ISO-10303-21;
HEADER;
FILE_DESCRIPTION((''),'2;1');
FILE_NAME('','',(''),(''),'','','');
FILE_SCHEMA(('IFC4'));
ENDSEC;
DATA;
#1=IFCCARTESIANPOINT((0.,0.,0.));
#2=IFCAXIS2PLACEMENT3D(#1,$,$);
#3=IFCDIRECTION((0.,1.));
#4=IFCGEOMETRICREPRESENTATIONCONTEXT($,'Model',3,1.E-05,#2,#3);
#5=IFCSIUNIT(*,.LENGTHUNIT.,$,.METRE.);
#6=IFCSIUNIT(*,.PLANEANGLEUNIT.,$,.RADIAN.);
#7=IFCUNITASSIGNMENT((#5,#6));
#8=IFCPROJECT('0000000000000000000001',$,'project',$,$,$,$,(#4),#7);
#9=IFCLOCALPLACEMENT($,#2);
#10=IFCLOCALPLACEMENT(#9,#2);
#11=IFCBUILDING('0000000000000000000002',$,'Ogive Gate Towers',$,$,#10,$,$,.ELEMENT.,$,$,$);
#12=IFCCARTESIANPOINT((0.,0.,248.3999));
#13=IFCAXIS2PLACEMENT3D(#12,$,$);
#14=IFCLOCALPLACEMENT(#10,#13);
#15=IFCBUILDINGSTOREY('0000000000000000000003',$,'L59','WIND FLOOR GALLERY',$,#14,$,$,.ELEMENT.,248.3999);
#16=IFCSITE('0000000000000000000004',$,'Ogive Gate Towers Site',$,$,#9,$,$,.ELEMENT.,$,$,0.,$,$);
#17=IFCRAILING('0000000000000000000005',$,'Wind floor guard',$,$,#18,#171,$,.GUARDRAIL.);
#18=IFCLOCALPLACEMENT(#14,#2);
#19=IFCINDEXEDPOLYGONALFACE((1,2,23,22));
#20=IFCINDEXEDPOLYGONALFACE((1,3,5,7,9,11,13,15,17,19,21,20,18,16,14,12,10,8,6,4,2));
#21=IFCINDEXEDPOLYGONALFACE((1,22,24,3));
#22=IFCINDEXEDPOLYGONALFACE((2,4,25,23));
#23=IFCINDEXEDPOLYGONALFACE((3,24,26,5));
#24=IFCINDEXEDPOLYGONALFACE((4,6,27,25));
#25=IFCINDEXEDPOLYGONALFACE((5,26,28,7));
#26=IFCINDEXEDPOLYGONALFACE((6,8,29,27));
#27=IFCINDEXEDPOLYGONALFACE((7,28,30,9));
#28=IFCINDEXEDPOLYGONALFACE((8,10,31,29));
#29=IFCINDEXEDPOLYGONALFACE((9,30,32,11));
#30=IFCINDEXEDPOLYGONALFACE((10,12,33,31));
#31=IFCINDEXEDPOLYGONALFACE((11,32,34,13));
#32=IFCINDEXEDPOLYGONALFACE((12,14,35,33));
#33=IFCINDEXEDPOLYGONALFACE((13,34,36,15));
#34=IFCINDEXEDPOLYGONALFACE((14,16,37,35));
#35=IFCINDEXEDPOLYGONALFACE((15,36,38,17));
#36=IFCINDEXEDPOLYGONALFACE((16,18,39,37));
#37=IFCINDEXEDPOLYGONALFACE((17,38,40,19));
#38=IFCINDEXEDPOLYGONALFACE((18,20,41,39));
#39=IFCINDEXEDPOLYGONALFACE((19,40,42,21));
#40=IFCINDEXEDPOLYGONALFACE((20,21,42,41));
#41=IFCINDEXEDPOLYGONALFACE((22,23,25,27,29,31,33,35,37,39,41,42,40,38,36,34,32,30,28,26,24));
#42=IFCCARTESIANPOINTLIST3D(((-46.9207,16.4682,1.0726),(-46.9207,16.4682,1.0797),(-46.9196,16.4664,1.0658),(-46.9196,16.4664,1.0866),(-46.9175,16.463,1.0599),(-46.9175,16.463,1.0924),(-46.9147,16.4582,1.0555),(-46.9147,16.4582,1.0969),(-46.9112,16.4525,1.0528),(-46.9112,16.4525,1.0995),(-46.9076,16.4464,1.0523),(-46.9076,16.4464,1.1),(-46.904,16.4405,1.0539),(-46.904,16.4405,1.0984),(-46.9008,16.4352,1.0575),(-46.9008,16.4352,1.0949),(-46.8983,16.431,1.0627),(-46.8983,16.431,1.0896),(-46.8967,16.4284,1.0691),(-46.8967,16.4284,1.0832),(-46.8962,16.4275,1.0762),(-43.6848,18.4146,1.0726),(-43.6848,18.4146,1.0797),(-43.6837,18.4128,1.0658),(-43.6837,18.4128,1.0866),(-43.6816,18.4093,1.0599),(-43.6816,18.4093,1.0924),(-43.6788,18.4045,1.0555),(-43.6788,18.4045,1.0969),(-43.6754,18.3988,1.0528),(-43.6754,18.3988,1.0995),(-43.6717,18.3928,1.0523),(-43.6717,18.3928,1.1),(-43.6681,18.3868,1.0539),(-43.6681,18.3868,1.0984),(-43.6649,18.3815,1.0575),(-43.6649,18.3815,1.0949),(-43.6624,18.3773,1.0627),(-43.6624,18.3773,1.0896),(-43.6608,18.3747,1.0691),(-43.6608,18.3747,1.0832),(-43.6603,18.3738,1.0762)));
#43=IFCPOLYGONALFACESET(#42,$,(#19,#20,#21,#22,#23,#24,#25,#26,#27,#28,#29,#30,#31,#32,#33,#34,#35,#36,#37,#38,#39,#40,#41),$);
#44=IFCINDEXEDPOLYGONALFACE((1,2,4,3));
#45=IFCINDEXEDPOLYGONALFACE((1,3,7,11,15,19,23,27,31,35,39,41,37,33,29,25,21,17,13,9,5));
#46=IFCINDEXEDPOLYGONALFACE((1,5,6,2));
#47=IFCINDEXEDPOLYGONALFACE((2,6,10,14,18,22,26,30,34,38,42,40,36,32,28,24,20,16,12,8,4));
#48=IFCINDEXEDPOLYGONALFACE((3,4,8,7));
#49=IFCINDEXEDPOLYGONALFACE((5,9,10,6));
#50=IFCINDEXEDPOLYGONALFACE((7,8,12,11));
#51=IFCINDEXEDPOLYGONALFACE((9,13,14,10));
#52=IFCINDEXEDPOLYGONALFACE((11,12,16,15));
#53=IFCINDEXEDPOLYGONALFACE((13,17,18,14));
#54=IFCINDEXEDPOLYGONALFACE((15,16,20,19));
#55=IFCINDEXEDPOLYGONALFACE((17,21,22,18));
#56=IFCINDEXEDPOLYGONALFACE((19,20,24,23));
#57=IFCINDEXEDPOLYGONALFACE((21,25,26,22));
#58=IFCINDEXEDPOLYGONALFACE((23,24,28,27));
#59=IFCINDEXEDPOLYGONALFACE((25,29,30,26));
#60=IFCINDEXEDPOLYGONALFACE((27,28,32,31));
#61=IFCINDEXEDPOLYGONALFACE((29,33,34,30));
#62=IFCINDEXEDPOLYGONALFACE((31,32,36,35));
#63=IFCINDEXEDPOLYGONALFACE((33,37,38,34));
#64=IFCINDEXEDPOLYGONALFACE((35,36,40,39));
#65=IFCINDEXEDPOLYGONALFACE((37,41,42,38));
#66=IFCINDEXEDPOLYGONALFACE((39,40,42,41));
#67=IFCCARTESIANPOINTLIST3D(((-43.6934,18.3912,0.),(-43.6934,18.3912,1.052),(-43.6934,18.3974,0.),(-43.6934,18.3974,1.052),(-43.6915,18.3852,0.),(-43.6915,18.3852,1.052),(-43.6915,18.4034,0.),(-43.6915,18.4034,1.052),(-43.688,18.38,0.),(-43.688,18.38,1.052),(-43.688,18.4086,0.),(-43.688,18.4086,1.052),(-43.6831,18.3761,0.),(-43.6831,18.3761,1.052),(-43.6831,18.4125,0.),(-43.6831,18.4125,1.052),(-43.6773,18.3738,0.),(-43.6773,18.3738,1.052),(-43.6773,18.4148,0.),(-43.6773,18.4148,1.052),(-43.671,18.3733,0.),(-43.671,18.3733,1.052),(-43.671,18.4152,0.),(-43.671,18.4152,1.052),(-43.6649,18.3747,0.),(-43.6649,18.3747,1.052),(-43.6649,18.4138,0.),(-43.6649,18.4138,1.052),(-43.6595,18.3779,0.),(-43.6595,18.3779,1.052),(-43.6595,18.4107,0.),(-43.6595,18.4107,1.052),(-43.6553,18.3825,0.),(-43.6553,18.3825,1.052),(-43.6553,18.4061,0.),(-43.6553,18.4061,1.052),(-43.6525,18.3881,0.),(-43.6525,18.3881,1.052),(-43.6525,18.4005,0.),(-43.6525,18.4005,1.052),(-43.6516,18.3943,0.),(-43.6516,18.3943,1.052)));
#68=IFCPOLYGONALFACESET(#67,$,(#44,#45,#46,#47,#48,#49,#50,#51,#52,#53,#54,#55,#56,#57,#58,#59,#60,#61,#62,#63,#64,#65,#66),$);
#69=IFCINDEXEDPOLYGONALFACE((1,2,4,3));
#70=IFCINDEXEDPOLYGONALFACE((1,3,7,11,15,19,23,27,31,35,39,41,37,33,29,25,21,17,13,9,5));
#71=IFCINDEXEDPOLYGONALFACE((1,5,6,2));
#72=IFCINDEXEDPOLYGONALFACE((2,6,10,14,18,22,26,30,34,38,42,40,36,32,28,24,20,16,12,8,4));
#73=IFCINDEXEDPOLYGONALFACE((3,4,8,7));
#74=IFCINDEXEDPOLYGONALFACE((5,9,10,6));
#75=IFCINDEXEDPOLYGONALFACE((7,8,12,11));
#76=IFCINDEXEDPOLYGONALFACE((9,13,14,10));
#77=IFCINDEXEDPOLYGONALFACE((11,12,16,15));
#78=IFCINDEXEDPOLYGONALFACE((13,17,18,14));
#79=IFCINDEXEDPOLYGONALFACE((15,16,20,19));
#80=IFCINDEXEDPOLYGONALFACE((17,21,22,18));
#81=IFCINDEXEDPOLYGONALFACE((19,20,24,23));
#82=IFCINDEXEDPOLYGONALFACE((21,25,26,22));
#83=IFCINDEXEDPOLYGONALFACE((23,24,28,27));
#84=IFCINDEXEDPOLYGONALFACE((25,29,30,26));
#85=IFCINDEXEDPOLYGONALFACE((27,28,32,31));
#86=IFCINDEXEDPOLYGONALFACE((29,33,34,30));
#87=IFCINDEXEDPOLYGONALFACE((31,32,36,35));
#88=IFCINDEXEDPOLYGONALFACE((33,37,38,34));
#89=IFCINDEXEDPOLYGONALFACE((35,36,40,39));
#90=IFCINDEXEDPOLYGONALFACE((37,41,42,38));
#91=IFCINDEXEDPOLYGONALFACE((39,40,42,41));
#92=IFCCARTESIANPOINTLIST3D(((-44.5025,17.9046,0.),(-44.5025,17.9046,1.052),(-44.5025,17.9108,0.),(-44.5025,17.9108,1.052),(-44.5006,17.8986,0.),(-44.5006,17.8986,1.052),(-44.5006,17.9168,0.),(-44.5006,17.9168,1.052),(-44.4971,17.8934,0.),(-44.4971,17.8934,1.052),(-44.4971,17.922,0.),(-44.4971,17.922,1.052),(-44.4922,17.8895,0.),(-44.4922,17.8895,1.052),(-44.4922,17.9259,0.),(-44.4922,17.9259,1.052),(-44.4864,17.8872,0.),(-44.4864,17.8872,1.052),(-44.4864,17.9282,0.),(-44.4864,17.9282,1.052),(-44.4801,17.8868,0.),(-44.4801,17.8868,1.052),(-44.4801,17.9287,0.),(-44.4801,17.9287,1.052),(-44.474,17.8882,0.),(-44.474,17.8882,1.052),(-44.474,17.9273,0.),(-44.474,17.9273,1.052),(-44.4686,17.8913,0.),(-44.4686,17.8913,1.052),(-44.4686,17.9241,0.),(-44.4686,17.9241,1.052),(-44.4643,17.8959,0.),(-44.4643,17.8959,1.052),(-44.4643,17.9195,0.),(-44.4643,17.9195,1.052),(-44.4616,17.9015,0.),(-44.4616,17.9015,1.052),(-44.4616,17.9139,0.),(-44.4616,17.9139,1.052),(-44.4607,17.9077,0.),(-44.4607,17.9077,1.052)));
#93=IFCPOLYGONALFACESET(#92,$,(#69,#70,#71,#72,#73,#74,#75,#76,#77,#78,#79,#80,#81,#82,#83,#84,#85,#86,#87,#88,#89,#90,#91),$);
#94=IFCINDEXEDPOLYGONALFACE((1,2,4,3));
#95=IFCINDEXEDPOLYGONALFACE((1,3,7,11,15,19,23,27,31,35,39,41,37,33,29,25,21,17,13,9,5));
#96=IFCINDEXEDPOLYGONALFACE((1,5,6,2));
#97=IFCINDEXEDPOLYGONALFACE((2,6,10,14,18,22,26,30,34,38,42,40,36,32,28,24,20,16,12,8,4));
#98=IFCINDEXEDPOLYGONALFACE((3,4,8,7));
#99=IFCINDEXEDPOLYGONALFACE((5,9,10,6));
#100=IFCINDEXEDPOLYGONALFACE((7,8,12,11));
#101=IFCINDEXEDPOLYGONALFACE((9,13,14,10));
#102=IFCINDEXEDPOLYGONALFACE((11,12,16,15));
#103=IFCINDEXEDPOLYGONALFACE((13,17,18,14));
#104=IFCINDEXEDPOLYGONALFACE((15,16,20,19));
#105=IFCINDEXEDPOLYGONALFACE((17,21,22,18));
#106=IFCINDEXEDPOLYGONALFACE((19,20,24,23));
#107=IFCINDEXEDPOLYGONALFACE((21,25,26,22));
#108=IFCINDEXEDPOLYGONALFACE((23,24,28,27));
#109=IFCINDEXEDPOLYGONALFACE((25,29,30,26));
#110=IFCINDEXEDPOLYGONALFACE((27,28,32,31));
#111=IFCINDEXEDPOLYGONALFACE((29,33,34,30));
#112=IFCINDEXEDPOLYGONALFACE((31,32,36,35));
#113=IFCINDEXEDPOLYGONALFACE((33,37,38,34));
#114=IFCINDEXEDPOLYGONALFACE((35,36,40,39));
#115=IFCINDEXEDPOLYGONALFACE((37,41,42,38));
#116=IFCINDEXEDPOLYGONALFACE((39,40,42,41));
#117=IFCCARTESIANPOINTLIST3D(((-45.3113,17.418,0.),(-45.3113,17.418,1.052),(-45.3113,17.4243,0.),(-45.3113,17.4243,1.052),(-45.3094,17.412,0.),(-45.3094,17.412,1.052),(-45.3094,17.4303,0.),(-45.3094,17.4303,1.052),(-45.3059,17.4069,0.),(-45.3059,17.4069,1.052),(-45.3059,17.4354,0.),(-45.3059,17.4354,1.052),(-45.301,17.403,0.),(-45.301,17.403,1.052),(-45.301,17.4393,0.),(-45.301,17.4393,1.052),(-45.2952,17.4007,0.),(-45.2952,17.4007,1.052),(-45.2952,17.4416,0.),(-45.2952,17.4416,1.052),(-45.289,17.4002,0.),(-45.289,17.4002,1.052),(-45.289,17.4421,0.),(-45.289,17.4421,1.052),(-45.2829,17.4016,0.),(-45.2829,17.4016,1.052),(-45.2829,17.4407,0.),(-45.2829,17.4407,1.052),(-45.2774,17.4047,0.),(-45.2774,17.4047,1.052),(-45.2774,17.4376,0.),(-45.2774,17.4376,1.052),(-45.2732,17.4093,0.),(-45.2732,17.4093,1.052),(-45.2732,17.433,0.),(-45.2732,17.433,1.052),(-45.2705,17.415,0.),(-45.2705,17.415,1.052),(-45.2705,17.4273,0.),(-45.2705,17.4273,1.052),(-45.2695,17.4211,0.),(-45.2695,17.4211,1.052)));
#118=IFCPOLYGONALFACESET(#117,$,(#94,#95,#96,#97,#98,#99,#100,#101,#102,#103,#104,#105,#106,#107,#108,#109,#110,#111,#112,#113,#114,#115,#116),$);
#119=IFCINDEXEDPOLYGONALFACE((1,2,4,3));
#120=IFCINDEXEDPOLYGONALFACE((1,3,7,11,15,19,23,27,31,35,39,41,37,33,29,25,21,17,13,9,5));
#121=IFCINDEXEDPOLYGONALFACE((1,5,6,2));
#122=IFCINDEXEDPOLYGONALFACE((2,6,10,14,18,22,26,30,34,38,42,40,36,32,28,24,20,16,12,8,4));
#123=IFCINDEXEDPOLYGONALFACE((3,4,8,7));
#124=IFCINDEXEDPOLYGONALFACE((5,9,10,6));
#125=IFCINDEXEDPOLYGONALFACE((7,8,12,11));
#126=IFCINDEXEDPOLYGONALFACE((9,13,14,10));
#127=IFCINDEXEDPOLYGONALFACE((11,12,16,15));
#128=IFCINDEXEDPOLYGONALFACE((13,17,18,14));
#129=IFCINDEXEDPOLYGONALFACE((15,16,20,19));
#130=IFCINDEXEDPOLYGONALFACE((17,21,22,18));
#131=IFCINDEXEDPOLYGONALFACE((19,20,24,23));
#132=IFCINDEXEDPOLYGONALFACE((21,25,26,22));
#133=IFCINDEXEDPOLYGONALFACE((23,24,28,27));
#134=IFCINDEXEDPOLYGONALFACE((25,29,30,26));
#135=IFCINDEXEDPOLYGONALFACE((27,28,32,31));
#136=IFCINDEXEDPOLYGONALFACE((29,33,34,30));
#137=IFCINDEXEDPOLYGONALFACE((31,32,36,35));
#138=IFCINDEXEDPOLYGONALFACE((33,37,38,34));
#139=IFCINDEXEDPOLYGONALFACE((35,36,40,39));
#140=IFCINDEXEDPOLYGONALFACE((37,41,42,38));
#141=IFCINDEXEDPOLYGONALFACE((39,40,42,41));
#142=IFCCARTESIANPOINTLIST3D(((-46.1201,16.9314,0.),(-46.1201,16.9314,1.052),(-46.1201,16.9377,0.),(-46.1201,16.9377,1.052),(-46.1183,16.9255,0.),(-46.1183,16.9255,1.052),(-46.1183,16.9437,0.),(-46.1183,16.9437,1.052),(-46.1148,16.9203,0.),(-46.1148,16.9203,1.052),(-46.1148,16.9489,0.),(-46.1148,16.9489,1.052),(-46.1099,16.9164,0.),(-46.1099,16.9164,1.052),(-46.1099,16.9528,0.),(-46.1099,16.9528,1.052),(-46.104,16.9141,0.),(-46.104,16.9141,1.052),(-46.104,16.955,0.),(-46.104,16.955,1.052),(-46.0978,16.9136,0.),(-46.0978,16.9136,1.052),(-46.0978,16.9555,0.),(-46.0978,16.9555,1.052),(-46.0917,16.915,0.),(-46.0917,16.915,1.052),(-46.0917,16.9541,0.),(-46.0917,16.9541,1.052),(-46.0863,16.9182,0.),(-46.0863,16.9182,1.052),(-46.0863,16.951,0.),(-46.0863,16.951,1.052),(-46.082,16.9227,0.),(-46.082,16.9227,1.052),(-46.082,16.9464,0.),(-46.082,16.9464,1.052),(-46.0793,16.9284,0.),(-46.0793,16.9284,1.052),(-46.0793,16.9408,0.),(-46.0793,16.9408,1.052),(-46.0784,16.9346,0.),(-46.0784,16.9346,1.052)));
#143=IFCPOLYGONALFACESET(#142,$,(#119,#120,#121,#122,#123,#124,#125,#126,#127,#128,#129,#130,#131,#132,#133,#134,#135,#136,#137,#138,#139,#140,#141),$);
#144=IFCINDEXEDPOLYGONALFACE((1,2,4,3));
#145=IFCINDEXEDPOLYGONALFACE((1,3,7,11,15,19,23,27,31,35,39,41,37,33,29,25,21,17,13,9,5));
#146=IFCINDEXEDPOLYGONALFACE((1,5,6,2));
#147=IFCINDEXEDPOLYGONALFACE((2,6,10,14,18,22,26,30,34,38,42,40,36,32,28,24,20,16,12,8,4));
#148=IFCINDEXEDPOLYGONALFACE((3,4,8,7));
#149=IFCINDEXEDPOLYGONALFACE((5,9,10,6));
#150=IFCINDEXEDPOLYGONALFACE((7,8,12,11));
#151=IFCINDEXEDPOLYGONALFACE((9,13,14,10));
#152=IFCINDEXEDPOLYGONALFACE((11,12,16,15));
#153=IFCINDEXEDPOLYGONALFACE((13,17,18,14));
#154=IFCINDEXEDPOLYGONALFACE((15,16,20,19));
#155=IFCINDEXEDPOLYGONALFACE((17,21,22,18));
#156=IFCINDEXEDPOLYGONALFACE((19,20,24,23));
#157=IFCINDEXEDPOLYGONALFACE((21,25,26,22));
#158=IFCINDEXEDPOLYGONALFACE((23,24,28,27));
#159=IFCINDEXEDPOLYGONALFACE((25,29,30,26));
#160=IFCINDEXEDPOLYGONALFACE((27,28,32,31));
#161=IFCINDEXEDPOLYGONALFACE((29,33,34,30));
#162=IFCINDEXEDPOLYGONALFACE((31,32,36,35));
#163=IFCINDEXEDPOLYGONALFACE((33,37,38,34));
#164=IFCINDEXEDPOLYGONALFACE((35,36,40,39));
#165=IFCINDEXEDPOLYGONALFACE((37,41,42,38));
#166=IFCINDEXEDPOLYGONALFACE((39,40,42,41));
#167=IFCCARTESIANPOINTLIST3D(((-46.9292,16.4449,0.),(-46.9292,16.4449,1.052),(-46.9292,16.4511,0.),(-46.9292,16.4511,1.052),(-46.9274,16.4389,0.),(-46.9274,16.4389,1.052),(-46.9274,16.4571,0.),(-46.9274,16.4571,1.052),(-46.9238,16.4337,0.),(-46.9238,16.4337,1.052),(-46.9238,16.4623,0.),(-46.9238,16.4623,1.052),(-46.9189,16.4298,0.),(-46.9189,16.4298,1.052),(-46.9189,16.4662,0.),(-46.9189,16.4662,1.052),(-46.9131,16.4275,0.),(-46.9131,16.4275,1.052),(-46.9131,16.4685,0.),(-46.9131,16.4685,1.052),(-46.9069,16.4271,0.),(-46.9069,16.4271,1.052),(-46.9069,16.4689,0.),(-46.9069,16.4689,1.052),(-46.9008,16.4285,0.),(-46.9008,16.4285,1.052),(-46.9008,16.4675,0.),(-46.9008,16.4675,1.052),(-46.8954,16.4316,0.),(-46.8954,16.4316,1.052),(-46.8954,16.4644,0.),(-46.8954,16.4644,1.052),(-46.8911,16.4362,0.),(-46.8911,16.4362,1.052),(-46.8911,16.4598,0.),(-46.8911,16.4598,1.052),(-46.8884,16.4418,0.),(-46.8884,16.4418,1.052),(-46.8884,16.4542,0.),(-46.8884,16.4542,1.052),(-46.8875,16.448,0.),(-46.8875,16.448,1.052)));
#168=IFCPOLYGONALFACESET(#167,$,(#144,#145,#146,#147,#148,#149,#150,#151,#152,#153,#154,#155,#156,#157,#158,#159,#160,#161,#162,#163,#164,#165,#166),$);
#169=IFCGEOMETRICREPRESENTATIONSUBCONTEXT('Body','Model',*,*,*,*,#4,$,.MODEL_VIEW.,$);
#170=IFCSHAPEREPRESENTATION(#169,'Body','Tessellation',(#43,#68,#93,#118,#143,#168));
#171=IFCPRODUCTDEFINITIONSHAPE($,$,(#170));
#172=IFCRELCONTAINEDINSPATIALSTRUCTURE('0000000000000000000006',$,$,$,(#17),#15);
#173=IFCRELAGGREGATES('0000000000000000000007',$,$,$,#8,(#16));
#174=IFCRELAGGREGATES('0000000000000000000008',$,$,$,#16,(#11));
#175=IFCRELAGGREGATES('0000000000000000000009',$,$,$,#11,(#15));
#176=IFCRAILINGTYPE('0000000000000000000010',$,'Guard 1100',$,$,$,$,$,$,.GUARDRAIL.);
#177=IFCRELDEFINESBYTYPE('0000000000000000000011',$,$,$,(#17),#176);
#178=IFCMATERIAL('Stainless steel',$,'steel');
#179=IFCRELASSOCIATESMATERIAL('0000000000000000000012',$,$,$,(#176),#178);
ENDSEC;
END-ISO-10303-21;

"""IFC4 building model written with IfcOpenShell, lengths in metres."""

from ifc_helpers import new_model, si_unit, direction, frame, origin, origin_2d, place, context, subcontext, project, spatial, circle, extrude, material, type_object, element, save


model = new_model("IFC4")

# Units and contexts
model_context = context("Model", 3, precision=1e-05, world=origin(), true_north=direction((0.0, 1.0)))
body_context = subcontext(model_context, "Body", "Model", "MODEL_VIEW")
ifc_project = project(units=[si_unit("LENGTHUNIT", "METRE"), si_unit("PLANEANGLEUNIT", "RADIAN")], contexts=[model_context])

# Site, building, storey
site_placement = place(None, origin())
site = spatial("IfcSite", under=ifc_project, at=site_placement, Name="Ogive Gate Towers Site", CompositionType="ELEMENT", RefElevation=0.0)
building_placement = place(site_placement, origin())
building = spatial("IfcBuilding", under=site, at=building_placement, Name="Ogive Gate Towers", CompositionType="ELEMENT")
storey_placement = place(building_placement, frame((0.0, 0.0, 248.3999)))
storey = spatial("IfcBuildingStorey", under=building, at=storey_placement, Name="L59", Description="WIND FLOOR GALLERY", CompositionType="ELEMENT", Elevation=248.3999)

# Railing
ifc_material_1 = material(Name="Stainless steel", Category="steel")
railing_type_1 = type_object("IfcRailingType", Name="Guard 1100", PredefinedType="GUARDRAIL", material=ifc_material_1)
railing_1_placement = place(storey_placement, frame((-43.6726, 18.3943, 0.0)))
element("IfcRailing", 1, at=railing_1_placement, inside=storey, type_object=railing_type_1, Name="Wind floor guard", PredefinedType="GUARDRAIL", context=body_context, shape_type="SweptSolid", body=[
    extrude(circle(Radius=0.0239, at=origin_2d()), frame((0.0, 0.0, 1.0762), z_axis=(-0.856933, -0.515427, 0.0), x_axis=(0.515427, -0.856933, 0.0)), (0.0, 0.0, 1.0), 3.7761),
    extrude(circle(Radius=0.021, at=origin_2d()), origin(), (0.0, 0.0, 1.0), 1.052),
    extrude(circle(Radius=0.021, at=origin_2d()), frame((-0.8091, -0.4866, 0.0)), (0.0, 0.0, 1.0), 1.052),
    extrude(circle(Radius=0.021, at=origin_2d()), frame((-1.6179, -0.9731, 0.0)), (0.0, 0.0, 1.0), 1.052),
    extrude(circle(Radius=0.021, at=origin_2d()), frame((-2.4268, -1.4597, 0.0)), (0.0, 0.0, 1.0), 1.052),
    extrude(circle(Radius=0.021, at=origin_2d()), frame((-3.2358, -1.9463, 0.0)), (0.0, 0.0, 1.0), 1.052),
])

save(model, "model.ifc")
